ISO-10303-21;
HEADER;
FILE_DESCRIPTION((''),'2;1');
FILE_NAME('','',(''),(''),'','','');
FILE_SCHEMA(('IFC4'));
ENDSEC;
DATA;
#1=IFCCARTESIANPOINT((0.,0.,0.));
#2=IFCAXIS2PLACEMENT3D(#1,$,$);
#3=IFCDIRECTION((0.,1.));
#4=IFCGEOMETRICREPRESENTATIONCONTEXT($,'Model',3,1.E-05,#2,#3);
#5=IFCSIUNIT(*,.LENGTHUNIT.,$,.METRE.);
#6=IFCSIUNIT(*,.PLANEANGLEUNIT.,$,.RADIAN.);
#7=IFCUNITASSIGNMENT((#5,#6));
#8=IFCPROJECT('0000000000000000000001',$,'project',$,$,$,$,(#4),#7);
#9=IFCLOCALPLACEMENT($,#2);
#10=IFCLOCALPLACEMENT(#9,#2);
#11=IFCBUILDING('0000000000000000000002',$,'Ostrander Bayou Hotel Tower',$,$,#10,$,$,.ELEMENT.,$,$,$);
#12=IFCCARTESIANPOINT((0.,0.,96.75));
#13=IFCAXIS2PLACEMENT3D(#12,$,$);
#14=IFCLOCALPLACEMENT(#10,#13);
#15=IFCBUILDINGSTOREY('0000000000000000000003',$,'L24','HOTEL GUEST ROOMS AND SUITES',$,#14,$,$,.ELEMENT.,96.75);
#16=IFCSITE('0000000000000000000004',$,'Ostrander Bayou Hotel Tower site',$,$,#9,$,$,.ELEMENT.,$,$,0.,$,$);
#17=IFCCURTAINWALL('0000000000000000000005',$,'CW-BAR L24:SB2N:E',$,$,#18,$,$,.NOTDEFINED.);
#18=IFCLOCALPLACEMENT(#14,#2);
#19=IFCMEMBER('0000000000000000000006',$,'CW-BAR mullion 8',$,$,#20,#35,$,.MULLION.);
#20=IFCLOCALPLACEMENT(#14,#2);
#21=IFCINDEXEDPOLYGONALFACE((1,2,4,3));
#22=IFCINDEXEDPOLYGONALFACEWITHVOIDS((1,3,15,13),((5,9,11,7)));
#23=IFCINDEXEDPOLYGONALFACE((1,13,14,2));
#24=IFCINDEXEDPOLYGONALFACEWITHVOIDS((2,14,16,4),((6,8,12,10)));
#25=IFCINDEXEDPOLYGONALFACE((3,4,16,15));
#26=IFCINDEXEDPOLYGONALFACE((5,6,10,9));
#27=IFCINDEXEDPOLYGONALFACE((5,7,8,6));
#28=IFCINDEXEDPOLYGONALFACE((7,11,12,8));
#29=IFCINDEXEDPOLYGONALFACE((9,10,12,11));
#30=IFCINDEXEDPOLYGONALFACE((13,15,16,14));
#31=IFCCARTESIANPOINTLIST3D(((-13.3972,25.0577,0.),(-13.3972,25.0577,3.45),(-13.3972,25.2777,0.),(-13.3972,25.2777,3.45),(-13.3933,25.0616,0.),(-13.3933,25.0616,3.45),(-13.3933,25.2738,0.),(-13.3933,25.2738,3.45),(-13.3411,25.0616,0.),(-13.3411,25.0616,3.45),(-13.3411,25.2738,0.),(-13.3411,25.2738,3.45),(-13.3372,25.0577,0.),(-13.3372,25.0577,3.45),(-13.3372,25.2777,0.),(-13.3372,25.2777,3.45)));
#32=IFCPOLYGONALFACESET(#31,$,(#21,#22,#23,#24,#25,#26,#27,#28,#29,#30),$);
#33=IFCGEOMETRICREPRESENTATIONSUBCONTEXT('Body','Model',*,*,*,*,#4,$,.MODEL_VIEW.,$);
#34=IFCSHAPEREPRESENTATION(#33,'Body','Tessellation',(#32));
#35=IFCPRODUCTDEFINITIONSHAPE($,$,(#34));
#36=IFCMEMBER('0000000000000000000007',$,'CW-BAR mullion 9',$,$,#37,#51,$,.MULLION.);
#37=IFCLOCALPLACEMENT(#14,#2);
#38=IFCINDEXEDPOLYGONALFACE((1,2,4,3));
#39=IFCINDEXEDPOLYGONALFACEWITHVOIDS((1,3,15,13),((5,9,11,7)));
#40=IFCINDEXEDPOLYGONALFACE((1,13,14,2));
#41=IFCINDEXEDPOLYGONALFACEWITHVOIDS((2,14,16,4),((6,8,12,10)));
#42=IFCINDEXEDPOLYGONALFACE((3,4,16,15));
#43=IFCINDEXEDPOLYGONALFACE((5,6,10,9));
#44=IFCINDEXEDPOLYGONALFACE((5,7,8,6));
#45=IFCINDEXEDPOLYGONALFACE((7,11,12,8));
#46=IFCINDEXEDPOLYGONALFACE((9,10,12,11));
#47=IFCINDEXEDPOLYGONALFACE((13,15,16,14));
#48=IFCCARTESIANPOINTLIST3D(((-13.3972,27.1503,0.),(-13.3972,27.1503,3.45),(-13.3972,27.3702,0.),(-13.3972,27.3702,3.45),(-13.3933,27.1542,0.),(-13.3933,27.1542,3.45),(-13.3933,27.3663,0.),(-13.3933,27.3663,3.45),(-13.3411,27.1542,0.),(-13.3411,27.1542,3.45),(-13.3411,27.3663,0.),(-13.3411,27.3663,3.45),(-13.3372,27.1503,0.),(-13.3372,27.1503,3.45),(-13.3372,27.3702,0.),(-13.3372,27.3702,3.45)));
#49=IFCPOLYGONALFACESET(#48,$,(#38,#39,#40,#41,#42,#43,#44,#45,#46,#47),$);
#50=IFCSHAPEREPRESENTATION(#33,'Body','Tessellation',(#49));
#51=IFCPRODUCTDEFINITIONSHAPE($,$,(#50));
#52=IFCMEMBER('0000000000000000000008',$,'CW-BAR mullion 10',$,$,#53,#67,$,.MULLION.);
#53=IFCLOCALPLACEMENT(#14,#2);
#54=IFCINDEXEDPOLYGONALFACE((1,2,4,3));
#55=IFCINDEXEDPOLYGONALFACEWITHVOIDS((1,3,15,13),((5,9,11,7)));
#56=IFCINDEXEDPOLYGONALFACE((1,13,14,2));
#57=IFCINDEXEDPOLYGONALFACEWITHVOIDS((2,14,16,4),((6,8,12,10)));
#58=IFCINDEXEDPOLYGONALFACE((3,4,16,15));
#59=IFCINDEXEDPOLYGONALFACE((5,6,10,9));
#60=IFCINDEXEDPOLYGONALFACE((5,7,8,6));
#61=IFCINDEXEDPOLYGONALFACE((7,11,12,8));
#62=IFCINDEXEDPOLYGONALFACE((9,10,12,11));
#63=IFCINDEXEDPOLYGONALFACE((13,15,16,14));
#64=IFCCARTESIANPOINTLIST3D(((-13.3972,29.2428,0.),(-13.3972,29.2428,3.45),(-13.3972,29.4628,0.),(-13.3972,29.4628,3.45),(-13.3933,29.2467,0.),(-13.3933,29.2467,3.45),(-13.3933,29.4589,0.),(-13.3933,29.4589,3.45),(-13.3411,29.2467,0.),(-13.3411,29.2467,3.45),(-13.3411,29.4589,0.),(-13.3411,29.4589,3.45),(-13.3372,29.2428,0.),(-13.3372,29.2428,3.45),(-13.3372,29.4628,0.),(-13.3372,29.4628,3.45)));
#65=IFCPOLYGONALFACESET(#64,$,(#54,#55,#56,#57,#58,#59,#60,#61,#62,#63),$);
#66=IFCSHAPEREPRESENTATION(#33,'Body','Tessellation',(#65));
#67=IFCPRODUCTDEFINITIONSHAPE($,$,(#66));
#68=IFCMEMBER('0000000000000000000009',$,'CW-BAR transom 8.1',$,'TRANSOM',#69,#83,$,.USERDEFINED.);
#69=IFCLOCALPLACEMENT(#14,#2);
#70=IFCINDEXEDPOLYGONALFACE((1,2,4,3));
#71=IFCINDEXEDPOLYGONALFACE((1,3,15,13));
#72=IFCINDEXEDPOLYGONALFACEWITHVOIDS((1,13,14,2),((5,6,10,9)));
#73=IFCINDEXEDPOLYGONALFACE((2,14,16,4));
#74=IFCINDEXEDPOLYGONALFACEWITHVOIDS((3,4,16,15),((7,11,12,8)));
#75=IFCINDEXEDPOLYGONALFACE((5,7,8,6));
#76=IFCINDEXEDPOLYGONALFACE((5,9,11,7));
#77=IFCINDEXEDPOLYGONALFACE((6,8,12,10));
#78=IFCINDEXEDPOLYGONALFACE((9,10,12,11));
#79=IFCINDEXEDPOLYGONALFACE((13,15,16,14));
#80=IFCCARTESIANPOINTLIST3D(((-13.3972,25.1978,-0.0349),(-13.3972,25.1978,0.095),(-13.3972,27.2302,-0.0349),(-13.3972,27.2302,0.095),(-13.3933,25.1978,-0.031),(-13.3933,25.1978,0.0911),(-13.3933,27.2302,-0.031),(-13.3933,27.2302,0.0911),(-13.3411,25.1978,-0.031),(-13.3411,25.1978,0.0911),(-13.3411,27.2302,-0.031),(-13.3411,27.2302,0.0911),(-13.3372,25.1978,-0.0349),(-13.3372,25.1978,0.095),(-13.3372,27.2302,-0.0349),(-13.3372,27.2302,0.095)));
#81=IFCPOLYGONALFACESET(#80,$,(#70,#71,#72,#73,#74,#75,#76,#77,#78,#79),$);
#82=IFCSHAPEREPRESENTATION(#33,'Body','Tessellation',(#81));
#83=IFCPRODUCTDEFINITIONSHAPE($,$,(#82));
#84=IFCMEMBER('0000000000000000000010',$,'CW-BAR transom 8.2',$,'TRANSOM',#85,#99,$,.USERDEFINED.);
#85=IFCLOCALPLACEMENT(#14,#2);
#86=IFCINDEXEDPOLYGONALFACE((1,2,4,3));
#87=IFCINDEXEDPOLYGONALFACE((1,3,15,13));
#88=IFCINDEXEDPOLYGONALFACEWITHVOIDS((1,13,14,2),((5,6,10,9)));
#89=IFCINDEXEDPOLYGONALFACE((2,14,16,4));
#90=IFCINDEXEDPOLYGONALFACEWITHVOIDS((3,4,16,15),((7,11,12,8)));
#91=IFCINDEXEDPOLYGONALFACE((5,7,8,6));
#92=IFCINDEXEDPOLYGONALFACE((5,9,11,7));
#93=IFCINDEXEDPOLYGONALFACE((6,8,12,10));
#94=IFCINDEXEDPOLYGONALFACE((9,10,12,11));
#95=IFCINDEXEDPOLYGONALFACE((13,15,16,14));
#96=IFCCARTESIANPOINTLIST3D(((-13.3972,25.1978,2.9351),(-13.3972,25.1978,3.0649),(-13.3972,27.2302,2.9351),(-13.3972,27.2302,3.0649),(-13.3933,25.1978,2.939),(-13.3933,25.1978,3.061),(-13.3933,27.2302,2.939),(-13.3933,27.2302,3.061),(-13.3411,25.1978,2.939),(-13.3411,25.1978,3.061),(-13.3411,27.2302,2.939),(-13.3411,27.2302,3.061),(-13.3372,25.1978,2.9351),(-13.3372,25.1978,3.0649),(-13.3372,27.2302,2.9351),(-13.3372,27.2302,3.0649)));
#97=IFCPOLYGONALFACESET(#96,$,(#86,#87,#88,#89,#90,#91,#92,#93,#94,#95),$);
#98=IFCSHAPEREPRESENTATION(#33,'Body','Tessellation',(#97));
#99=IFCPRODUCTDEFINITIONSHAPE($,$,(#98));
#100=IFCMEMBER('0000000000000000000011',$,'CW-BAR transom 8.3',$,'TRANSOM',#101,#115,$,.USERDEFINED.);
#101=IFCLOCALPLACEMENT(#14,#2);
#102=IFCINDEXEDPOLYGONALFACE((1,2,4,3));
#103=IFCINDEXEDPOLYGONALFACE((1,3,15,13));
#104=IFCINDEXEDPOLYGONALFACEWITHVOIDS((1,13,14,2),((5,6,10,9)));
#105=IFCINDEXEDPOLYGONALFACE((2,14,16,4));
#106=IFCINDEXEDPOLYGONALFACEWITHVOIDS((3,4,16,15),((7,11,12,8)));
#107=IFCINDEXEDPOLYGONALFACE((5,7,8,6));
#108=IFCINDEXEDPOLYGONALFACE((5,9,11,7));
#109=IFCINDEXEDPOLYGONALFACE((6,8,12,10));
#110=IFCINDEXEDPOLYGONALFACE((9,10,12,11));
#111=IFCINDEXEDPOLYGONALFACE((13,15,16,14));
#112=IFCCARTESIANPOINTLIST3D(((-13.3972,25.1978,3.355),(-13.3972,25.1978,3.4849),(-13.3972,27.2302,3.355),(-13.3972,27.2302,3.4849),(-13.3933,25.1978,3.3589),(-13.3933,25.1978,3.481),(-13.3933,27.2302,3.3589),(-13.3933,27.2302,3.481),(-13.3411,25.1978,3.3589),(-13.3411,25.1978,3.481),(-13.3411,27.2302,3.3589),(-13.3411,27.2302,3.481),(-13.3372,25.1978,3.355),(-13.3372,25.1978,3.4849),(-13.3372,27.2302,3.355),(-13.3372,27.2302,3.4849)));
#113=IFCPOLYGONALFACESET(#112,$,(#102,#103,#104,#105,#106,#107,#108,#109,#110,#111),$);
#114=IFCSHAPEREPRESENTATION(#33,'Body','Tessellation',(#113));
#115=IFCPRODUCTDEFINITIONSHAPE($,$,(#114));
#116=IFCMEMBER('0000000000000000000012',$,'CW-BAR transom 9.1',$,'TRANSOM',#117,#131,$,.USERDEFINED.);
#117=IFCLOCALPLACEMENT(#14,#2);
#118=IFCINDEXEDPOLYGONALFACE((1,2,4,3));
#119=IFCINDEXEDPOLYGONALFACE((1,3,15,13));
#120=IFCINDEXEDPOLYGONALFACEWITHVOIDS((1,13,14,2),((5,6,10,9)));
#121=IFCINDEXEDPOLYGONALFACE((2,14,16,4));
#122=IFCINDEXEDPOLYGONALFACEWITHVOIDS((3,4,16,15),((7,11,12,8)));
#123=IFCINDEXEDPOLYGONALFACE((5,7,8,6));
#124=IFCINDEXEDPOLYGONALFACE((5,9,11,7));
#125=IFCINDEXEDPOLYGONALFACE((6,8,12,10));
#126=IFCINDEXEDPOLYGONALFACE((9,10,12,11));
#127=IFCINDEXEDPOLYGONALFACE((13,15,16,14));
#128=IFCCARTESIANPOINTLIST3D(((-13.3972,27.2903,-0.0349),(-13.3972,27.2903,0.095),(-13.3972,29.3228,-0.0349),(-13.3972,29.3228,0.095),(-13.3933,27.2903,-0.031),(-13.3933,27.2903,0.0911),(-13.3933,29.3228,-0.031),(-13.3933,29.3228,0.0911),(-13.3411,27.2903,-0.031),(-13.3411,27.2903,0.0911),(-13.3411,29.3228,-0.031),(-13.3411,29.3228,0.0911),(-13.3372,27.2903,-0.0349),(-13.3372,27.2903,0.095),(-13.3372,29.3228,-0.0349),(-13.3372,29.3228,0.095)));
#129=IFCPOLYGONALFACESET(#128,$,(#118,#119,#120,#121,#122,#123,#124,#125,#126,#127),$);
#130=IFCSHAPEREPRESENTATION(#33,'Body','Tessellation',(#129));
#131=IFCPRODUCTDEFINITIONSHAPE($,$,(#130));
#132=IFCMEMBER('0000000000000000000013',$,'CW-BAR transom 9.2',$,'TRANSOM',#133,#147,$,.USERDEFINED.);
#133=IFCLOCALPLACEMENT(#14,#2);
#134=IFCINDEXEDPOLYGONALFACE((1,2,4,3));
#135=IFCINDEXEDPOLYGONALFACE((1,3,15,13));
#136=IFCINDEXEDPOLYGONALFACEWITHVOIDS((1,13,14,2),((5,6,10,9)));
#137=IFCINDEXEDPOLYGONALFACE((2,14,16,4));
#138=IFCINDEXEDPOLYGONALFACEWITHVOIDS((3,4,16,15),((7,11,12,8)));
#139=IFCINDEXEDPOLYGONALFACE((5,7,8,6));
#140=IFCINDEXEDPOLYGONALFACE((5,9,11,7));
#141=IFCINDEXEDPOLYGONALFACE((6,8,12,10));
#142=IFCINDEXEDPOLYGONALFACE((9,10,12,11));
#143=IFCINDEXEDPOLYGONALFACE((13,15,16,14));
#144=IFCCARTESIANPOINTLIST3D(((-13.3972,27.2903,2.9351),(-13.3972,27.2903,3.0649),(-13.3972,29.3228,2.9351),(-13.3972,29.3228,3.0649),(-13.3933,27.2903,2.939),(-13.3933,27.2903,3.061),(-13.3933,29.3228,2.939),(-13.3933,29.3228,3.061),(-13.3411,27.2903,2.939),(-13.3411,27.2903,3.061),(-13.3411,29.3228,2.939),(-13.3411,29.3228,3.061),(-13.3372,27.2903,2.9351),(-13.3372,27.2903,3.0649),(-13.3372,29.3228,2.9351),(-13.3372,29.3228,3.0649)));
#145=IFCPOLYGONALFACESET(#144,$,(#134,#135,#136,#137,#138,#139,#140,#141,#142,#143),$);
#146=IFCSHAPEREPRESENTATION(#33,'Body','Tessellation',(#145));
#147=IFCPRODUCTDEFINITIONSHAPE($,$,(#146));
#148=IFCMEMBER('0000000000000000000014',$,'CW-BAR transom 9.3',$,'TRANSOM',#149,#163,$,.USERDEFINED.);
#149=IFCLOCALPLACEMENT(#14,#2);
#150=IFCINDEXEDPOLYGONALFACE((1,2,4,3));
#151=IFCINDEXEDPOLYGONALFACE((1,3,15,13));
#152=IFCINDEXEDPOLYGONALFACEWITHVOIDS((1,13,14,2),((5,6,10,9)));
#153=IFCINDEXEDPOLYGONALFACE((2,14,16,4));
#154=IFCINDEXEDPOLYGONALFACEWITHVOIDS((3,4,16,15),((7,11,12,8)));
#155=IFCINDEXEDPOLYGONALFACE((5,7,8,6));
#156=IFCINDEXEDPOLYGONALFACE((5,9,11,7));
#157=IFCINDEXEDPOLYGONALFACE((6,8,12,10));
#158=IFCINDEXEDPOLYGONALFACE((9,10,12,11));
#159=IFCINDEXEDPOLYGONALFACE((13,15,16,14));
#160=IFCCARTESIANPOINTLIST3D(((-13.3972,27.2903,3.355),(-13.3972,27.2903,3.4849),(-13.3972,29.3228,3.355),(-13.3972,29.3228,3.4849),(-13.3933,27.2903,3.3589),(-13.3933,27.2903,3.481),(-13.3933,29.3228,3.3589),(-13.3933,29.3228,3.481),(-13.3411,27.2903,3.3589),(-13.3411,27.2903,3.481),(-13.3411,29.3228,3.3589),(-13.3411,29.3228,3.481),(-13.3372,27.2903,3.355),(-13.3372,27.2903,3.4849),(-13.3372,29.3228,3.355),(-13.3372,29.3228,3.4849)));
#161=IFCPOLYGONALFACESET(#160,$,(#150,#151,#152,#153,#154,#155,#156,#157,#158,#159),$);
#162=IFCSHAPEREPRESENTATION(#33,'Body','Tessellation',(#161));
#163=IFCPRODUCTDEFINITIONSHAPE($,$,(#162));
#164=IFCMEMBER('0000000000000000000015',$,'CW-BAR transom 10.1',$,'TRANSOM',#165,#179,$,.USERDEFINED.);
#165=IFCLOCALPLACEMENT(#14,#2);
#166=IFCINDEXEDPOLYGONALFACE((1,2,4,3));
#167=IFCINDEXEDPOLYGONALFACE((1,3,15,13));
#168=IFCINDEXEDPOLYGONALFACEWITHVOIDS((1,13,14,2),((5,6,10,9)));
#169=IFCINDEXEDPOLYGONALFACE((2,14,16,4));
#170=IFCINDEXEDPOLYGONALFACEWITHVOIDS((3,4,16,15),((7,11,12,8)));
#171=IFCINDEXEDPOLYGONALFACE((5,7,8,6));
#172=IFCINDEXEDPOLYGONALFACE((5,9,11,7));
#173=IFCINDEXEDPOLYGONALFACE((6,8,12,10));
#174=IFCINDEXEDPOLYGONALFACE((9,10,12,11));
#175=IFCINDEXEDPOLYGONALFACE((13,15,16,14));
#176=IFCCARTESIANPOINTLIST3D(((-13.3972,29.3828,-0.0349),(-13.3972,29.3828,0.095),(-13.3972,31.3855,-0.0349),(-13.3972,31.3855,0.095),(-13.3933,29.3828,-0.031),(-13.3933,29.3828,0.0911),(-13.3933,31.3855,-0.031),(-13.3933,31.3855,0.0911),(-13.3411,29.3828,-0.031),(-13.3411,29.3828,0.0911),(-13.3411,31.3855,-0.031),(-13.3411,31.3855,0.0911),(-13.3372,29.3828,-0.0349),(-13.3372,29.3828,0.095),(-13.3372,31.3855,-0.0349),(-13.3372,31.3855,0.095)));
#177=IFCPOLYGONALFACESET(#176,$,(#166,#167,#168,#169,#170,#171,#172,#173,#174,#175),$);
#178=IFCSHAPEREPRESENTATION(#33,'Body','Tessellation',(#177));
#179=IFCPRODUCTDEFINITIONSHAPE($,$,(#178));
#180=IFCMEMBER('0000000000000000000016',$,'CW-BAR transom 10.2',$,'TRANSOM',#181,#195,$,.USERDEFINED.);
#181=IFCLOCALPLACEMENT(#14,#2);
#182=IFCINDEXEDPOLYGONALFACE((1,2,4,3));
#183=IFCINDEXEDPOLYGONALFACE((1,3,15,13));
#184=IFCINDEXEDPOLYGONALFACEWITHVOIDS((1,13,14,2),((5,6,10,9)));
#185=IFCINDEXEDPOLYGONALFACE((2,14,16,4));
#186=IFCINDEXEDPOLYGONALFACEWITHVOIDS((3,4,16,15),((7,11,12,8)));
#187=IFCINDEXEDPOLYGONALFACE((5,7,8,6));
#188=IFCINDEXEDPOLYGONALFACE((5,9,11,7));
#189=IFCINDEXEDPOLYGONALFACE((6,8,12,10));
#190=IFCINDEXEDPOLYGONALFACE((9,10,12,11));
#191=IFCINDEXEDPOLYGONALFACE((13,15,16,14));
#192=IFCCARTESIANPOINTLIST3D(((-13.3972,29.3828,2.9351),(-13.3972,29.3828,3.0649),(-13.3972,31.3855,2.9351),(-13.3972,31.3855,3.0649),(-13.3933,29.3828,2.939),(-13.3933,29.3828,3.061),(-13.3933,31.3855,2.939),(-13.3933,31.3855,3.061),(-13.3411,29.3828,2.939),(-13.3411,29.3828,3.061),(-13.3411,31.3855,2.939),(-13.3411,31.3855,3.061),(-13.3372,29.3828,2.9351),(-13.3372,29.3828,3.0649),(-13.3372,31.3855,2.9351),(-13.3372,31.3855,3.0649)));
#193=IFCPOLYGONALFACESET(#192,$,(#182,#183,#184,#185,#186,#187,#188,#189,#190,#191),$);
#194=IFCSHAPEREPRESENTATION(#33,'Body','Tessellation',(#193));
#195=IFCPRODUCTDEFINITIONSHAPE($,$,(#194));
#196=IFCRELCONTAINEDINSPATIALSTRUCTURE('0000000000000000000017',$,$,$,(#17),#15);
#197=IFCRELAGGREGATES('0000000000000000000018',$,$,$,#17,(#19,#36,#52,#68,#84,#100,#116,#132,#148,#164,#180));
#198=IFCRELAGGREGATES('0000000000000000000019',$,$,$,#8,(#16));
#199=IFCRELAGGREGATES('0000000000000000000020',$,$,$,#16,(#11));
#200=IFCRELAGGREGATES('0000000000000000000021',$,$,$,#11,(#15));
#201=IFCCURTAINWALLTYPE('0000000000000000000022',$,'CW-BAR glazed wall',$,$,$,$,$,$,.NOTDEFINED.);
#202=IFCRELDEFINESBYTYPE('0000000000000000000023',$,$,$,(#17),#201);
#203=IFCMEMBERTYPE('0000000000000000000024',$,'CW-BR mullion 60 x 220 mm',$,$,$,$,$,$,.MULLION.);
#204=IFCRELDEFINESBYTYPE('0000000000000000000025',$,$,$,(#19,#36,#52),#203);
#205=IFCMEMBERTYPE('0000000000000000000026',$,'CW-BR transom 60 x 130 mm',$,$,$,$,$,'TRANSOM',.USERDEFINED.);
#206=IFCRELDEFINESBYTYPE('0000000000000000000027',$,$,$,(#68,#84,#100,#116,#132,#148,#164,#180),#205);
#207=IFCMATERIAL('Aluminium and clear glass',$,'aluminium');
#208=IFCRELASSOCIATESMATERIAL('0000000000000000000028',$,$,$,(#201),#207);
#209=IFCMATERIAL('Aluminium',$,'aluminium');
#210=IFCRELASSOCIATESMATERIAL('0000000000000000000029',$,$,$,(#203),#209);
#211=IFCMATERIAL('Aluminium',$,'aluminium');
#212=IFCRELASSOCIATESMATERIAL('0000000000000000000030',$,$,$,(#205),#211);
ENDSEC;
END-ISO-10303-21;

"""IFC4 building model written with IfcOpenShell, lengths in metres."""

from ifc_helpers import new_model, si_unit, direction, frame, origin, origin_2d, place, context, subcontext, project, spatial, hollow_rectangle, extrude, material, material_profile, profile_set, type_object, element, aggregate, save


model = new_model("IFC4")

# Units and contexts
model_context = context("Model", 3, precision=1e-05, world=origin(), true_north=direction((0.0, 1.0)))
body_context = subcontext(model_context, "Body", "Model", "MODEL_VIEW")
ifc_project = project(units=[si_unit("LENGTHUNIT", "METRE"), si_unit("PLANEANGLEUNIT", "RADIAN")], contexts=[model_context])

# Site, building, storey
site_placement = place(None, origin())
site = spatial("IfcSite", under=ifc_project, at=site_placement, Name="Ostrander Bayou Hotel Tower site", CompositionType="ELEMENT", RefElevation=0.0)
building_placement = place(site_placement, origin())
building = spatial("IfcBuilding", under=site, at=building_placement, Name="Ostrander Bayou Hotel Tower", CompositionType="ELEMENT")
storey_placement = place(building_placement, frame((0.0, 0.0, 96.75)))
storey = spatial("IfcBuildingStorey", under=building, at=storey_placement, Name="L24", Description="HOTEL GUEST ROOMS AND SUITES", CompositionType="ELEMENT", Elevation=96.75)

# Curtain wall, members
ifc_material_1 = material(Name="Aluminium and clear glass", Category="aluminium")
curtain_wall_type = type_object("IfcCurtainWallType", Name="CW-BAR glazed wall", PredefinedType="NOTDEFINED", material=ifc_material_1)
curtain_wall_placement = place(storey_placement, origin())
curtain_wall = element("IfcCurtainWall", 1, at=curtain_wall_placement, inside=storey, type_object=curtain_wall_type, Name="CW-BAR L24:SB2N:E", PredefinedType="NOTDEFINED")
ifc_material_2 = material(Name="Aluminium", Category="aluminium")
ifc_material_profile_1 = material_profile(ifc_material_2, hollow_rectangle(XDim=0.0601, YDim=0.22, WallThickness=0.0039, at=origin_2d()))
ifc_profile_set_1 = profile_set([ifc_material_profile_1], Name="Aluminium")
member_type_1 = type_object("IfcMemberType", Name="CW-BR mullion 60 x 220 mm", PredefinedType="MULLION", material=ifc_profile_set_1)
member_1_placement = place(storey_placement, frame((-13.3672, 25.1677, 0.0), z_axis=(0.0, 0.0, 1.0), x_axis=(-1.0, 0.0, 0.0)))
member_1 = element("IfcMember", 2, at=member_1_placement, type_object=member_type_1, Name="CW-BAR mullion 8", PredefinedType="MULLION", context=body_context, shape_type="SweptSolid", body=[
    extrude(hollow_rectangle(XDim=0.0601, YDim=0.22, WallThickness=0.0039, at=origin_2d()), origin(), (0.0, 0.0, 1.0), 3.45),
])
member_2_placement = place(storey_placement, frame((-13.3672, 27.2603, 0.0), z_axis=(0.0, 0.0, 1.0), x_axis=(-1.0, 0.0, 0.0)))
member_2 = element("IfcMember", 3, at=member_2_placement, type_object=member_type_1, Name="CW-BAR mullion 9", PredefinedType="MULLION", context=body_context, shape_type="SweptSolid", body=[
    extrude(hollow_rectangle(XDim=0.0601, YDim=0.22, WallThickness=0.0039, at=origin_2d()), origin(), (0.0, 0.0, 1.0), 3.45),
])
member_3_placement = place(storey_placement, frame((-13.3672, 29.3528, 0.0), z_axis=(0.0, 0.0, 1.0), x_axis=(-1.0, 0.0, 0.0)))
member_3 = element("IfcMember", 4, at=member_3_placement, type_object=member_type_1, Name="CW-BAR mullion 10", PredefinedType="MULLION", context=body_context, shape_type="SweptSolid", body=[
    extrude(hollow_rectangle(XDim=0.0601, YDim=0.22, WallThickness=0.0039, at=origin_2d()), origin(), (0.0, 0.0, 1.0), 3.45),
])
ifc_material_3 = material(Name="Aluminium", Category="aluminium")
ifc_material_profile_2 = material_profile(ifc_material_3, hollow_rectangle(XDim=0.0601, YDim=0.1299, WallThickness=0.0039, at=origin_2d()))
ifc_profile_set_2 = profile_set([ifc_material_profile_2], Name="Aluminium")
member_type_2 = type_object("IfcMemberType", Name="CW-BR transom 60 x 130 mm", ElementType="TRANSOM", PredefinedType="USERDEFINED", material=ifc_profile_set_2)
member_4_placement = place(storey_placement, frame((-13.3672, 25.1978, 0.03), z_axis=(0.0, 1.0, 0.0), x_axis=(-1.0, 0.0, 0.0)))
member_4 = element("IfcMember", 5, at=member_4_placement, type_object=member_type_2, Name="CW-BAR transom 8.1", ObjectType="TRANSOM", PredefinedType="USERDEFINED", context=body_context, shape_type="SweptSolid", body=[
    extrude(hollow_rectangle(XDim=0.0601, YDim=0.1299, WallThickness=0.0039, at=origin_2d()), origin(), (0.0, 0.0, 1.0), 2.0325),
])
member_5_placement = place(storey_placement, frame((-13.3672, 25.1978, 3.0), z_axis=(0.0, 1.0, 0.0), x_axis=(-1.0, 0.0, 0.0)))
member_5 = element("IfcMember", 6, at=member_5_placement, type_object=member_type_2, Name="CW-BAR transom 8.2", ObjectType="TRANSOM", PredefinedType="USERDEFINED", context=body_context, shape_type="SweptSolid", body=[
    extrude(hollow_rectangle(XDim=0.0601, YDim=0.1299, WallThickness=0.0039, at=origin_2d()), origin(), (0.0, 0.0, 1.0), 2.0325),
])
member_6_placement = place(storey_placement, frame((-13.3672, 25.1978, 3.4199), z_axis=(0.0, 1.0, 0.0), x_axis=(-1.0, 0.0, 0.0)))
member_6 = element("IfcMember", 7, at=member_6_placement, type_object=member_type_2, Name="CW-BAR transom 8.3", ObjectType="TRANSOM", PredefinedType="USERDEFINED", context=body_context, shape_type="SweptSolid", body=[
    extrude(hollow_rectangle(XDim=0.0601, YDim=0.1299, WallThickness=0.0039, at=origin_2d()), origin(), (0.0, 0.0, 1.0), 2.0325),
])
member_7_placement = place(storey_placement, frame((-13.3672, 27.2903, 0.03), z_axis=(0.0, 1.0, 0.0), x_axis=(-1.0, 0.0, 0.0)))
member_7 = element("IfcMember", 8, at=member_7_placement, type_object=member_type_2, Name="CW-BAR transom 9.1", ObjectType="TRANSOM", PredefinedType="USERDEFINED", context=body_context, shape_type="SweptSolid", body=[
    extrude(hollow_rectangle(XDim=0.0601, YDim=0.1299, WallThickness=0.0039, at=origin_2d()), origin(), (0.0, 0.0, 1.0), 2.0325),
])
member_8_placement = place(storey_placement, frame((-13.3672, 27.2903, 3.0), z_axis=(0.0, 1.0, 0.0), x_axis=(-1.0, 0.0, 0.0)))
member_8 = element("IfcMember", 9, at=member_8_placement, type_object=member_type_2, Name="CW-BAR transom 9.2", ObjectType="TRANSOM", PredefinedType="USERDEFINED", context=body_context, shape_type="SweptSolid", body=[
    extrude(hollow_rectangle(XDim=0.0601, YDim=0.1299, WallThickness=0.0039, at=origin_2d()), origin(), (0.0, 0.0, 1.0), 2.0325),
])
member_9_placement = place(storey_placement, frame((-13.3672, 27.2903, 3.4199), z_axis=(0.0, 1.0, 0.0), x_axis=(-1.0, 0.0, 0.0)))
member_9 = element("IfcMember", 10, at=member_9_placement, type_object=member_type_2, Name="CW-BAR transom 9.3", ObjectType="TRANSOM", PredefinedType="USERDEFINED", context=body_context, shape_type="SweptSolid", body=[
    extrude(hollow_rectangle(XDim=0.0601, YDim=0.1299, WallThickness=0.0039, at=origin_2d()), origin(), (0.0, 0.0, 1.0), 2.0325),
])
member_10_placement = place(storey_placement, frame((-13.3672, 29.3828, 0.03), z_axis=(0.0, 1.0, 0.0), x_axis=(-1.0, 0.0, 0.0)))
member_10 = element("IfcMember", 11, at=member_10_placement, type_object=member_type_2, Name="CW-BAR transom 10.1", ObjectType="TRANSOM", PredefinedType="USERDEFINED", context=body_context, shape_type="SweptSolid", body=[
    extrude(hollow_rectangle(XDim=0.0601, YDim=0.1299, WallThickness=0.0039, at=origin_2d()), origin(), (0.0, 0.0, 1.0), 2.0027),
])
member_11_placement = place(storey_placement, frame((-13.3672, 29.3828, 3.0), z_axis=(0.0, 1.0, 0.0), x_axis=(-1.0, 0.0, 0.0)))
member_11 = element("IfcMember", 12, at=member_11_placement, type_object=member_type_2, Name="CW-BAR transom 10.2", ObjectType="TRANSOM", PredefinedType="USERDEFINED", context=body_context, shape_type="SweptSolid", body=[
    extrude(hollow_rectangle(XDim=0.0601, YDim=0.1299, WallThickness=0.0039, at=origin_2d()), origin(), (0.0, 0.0, 1.0), 2.0027),
])

aggregate(curtain_wall, [member_1, member_2, member_3, member_4, member_5, member_6, member_7, member_8, member_9, member_10, member_11])

save(model, "model.ifc")
